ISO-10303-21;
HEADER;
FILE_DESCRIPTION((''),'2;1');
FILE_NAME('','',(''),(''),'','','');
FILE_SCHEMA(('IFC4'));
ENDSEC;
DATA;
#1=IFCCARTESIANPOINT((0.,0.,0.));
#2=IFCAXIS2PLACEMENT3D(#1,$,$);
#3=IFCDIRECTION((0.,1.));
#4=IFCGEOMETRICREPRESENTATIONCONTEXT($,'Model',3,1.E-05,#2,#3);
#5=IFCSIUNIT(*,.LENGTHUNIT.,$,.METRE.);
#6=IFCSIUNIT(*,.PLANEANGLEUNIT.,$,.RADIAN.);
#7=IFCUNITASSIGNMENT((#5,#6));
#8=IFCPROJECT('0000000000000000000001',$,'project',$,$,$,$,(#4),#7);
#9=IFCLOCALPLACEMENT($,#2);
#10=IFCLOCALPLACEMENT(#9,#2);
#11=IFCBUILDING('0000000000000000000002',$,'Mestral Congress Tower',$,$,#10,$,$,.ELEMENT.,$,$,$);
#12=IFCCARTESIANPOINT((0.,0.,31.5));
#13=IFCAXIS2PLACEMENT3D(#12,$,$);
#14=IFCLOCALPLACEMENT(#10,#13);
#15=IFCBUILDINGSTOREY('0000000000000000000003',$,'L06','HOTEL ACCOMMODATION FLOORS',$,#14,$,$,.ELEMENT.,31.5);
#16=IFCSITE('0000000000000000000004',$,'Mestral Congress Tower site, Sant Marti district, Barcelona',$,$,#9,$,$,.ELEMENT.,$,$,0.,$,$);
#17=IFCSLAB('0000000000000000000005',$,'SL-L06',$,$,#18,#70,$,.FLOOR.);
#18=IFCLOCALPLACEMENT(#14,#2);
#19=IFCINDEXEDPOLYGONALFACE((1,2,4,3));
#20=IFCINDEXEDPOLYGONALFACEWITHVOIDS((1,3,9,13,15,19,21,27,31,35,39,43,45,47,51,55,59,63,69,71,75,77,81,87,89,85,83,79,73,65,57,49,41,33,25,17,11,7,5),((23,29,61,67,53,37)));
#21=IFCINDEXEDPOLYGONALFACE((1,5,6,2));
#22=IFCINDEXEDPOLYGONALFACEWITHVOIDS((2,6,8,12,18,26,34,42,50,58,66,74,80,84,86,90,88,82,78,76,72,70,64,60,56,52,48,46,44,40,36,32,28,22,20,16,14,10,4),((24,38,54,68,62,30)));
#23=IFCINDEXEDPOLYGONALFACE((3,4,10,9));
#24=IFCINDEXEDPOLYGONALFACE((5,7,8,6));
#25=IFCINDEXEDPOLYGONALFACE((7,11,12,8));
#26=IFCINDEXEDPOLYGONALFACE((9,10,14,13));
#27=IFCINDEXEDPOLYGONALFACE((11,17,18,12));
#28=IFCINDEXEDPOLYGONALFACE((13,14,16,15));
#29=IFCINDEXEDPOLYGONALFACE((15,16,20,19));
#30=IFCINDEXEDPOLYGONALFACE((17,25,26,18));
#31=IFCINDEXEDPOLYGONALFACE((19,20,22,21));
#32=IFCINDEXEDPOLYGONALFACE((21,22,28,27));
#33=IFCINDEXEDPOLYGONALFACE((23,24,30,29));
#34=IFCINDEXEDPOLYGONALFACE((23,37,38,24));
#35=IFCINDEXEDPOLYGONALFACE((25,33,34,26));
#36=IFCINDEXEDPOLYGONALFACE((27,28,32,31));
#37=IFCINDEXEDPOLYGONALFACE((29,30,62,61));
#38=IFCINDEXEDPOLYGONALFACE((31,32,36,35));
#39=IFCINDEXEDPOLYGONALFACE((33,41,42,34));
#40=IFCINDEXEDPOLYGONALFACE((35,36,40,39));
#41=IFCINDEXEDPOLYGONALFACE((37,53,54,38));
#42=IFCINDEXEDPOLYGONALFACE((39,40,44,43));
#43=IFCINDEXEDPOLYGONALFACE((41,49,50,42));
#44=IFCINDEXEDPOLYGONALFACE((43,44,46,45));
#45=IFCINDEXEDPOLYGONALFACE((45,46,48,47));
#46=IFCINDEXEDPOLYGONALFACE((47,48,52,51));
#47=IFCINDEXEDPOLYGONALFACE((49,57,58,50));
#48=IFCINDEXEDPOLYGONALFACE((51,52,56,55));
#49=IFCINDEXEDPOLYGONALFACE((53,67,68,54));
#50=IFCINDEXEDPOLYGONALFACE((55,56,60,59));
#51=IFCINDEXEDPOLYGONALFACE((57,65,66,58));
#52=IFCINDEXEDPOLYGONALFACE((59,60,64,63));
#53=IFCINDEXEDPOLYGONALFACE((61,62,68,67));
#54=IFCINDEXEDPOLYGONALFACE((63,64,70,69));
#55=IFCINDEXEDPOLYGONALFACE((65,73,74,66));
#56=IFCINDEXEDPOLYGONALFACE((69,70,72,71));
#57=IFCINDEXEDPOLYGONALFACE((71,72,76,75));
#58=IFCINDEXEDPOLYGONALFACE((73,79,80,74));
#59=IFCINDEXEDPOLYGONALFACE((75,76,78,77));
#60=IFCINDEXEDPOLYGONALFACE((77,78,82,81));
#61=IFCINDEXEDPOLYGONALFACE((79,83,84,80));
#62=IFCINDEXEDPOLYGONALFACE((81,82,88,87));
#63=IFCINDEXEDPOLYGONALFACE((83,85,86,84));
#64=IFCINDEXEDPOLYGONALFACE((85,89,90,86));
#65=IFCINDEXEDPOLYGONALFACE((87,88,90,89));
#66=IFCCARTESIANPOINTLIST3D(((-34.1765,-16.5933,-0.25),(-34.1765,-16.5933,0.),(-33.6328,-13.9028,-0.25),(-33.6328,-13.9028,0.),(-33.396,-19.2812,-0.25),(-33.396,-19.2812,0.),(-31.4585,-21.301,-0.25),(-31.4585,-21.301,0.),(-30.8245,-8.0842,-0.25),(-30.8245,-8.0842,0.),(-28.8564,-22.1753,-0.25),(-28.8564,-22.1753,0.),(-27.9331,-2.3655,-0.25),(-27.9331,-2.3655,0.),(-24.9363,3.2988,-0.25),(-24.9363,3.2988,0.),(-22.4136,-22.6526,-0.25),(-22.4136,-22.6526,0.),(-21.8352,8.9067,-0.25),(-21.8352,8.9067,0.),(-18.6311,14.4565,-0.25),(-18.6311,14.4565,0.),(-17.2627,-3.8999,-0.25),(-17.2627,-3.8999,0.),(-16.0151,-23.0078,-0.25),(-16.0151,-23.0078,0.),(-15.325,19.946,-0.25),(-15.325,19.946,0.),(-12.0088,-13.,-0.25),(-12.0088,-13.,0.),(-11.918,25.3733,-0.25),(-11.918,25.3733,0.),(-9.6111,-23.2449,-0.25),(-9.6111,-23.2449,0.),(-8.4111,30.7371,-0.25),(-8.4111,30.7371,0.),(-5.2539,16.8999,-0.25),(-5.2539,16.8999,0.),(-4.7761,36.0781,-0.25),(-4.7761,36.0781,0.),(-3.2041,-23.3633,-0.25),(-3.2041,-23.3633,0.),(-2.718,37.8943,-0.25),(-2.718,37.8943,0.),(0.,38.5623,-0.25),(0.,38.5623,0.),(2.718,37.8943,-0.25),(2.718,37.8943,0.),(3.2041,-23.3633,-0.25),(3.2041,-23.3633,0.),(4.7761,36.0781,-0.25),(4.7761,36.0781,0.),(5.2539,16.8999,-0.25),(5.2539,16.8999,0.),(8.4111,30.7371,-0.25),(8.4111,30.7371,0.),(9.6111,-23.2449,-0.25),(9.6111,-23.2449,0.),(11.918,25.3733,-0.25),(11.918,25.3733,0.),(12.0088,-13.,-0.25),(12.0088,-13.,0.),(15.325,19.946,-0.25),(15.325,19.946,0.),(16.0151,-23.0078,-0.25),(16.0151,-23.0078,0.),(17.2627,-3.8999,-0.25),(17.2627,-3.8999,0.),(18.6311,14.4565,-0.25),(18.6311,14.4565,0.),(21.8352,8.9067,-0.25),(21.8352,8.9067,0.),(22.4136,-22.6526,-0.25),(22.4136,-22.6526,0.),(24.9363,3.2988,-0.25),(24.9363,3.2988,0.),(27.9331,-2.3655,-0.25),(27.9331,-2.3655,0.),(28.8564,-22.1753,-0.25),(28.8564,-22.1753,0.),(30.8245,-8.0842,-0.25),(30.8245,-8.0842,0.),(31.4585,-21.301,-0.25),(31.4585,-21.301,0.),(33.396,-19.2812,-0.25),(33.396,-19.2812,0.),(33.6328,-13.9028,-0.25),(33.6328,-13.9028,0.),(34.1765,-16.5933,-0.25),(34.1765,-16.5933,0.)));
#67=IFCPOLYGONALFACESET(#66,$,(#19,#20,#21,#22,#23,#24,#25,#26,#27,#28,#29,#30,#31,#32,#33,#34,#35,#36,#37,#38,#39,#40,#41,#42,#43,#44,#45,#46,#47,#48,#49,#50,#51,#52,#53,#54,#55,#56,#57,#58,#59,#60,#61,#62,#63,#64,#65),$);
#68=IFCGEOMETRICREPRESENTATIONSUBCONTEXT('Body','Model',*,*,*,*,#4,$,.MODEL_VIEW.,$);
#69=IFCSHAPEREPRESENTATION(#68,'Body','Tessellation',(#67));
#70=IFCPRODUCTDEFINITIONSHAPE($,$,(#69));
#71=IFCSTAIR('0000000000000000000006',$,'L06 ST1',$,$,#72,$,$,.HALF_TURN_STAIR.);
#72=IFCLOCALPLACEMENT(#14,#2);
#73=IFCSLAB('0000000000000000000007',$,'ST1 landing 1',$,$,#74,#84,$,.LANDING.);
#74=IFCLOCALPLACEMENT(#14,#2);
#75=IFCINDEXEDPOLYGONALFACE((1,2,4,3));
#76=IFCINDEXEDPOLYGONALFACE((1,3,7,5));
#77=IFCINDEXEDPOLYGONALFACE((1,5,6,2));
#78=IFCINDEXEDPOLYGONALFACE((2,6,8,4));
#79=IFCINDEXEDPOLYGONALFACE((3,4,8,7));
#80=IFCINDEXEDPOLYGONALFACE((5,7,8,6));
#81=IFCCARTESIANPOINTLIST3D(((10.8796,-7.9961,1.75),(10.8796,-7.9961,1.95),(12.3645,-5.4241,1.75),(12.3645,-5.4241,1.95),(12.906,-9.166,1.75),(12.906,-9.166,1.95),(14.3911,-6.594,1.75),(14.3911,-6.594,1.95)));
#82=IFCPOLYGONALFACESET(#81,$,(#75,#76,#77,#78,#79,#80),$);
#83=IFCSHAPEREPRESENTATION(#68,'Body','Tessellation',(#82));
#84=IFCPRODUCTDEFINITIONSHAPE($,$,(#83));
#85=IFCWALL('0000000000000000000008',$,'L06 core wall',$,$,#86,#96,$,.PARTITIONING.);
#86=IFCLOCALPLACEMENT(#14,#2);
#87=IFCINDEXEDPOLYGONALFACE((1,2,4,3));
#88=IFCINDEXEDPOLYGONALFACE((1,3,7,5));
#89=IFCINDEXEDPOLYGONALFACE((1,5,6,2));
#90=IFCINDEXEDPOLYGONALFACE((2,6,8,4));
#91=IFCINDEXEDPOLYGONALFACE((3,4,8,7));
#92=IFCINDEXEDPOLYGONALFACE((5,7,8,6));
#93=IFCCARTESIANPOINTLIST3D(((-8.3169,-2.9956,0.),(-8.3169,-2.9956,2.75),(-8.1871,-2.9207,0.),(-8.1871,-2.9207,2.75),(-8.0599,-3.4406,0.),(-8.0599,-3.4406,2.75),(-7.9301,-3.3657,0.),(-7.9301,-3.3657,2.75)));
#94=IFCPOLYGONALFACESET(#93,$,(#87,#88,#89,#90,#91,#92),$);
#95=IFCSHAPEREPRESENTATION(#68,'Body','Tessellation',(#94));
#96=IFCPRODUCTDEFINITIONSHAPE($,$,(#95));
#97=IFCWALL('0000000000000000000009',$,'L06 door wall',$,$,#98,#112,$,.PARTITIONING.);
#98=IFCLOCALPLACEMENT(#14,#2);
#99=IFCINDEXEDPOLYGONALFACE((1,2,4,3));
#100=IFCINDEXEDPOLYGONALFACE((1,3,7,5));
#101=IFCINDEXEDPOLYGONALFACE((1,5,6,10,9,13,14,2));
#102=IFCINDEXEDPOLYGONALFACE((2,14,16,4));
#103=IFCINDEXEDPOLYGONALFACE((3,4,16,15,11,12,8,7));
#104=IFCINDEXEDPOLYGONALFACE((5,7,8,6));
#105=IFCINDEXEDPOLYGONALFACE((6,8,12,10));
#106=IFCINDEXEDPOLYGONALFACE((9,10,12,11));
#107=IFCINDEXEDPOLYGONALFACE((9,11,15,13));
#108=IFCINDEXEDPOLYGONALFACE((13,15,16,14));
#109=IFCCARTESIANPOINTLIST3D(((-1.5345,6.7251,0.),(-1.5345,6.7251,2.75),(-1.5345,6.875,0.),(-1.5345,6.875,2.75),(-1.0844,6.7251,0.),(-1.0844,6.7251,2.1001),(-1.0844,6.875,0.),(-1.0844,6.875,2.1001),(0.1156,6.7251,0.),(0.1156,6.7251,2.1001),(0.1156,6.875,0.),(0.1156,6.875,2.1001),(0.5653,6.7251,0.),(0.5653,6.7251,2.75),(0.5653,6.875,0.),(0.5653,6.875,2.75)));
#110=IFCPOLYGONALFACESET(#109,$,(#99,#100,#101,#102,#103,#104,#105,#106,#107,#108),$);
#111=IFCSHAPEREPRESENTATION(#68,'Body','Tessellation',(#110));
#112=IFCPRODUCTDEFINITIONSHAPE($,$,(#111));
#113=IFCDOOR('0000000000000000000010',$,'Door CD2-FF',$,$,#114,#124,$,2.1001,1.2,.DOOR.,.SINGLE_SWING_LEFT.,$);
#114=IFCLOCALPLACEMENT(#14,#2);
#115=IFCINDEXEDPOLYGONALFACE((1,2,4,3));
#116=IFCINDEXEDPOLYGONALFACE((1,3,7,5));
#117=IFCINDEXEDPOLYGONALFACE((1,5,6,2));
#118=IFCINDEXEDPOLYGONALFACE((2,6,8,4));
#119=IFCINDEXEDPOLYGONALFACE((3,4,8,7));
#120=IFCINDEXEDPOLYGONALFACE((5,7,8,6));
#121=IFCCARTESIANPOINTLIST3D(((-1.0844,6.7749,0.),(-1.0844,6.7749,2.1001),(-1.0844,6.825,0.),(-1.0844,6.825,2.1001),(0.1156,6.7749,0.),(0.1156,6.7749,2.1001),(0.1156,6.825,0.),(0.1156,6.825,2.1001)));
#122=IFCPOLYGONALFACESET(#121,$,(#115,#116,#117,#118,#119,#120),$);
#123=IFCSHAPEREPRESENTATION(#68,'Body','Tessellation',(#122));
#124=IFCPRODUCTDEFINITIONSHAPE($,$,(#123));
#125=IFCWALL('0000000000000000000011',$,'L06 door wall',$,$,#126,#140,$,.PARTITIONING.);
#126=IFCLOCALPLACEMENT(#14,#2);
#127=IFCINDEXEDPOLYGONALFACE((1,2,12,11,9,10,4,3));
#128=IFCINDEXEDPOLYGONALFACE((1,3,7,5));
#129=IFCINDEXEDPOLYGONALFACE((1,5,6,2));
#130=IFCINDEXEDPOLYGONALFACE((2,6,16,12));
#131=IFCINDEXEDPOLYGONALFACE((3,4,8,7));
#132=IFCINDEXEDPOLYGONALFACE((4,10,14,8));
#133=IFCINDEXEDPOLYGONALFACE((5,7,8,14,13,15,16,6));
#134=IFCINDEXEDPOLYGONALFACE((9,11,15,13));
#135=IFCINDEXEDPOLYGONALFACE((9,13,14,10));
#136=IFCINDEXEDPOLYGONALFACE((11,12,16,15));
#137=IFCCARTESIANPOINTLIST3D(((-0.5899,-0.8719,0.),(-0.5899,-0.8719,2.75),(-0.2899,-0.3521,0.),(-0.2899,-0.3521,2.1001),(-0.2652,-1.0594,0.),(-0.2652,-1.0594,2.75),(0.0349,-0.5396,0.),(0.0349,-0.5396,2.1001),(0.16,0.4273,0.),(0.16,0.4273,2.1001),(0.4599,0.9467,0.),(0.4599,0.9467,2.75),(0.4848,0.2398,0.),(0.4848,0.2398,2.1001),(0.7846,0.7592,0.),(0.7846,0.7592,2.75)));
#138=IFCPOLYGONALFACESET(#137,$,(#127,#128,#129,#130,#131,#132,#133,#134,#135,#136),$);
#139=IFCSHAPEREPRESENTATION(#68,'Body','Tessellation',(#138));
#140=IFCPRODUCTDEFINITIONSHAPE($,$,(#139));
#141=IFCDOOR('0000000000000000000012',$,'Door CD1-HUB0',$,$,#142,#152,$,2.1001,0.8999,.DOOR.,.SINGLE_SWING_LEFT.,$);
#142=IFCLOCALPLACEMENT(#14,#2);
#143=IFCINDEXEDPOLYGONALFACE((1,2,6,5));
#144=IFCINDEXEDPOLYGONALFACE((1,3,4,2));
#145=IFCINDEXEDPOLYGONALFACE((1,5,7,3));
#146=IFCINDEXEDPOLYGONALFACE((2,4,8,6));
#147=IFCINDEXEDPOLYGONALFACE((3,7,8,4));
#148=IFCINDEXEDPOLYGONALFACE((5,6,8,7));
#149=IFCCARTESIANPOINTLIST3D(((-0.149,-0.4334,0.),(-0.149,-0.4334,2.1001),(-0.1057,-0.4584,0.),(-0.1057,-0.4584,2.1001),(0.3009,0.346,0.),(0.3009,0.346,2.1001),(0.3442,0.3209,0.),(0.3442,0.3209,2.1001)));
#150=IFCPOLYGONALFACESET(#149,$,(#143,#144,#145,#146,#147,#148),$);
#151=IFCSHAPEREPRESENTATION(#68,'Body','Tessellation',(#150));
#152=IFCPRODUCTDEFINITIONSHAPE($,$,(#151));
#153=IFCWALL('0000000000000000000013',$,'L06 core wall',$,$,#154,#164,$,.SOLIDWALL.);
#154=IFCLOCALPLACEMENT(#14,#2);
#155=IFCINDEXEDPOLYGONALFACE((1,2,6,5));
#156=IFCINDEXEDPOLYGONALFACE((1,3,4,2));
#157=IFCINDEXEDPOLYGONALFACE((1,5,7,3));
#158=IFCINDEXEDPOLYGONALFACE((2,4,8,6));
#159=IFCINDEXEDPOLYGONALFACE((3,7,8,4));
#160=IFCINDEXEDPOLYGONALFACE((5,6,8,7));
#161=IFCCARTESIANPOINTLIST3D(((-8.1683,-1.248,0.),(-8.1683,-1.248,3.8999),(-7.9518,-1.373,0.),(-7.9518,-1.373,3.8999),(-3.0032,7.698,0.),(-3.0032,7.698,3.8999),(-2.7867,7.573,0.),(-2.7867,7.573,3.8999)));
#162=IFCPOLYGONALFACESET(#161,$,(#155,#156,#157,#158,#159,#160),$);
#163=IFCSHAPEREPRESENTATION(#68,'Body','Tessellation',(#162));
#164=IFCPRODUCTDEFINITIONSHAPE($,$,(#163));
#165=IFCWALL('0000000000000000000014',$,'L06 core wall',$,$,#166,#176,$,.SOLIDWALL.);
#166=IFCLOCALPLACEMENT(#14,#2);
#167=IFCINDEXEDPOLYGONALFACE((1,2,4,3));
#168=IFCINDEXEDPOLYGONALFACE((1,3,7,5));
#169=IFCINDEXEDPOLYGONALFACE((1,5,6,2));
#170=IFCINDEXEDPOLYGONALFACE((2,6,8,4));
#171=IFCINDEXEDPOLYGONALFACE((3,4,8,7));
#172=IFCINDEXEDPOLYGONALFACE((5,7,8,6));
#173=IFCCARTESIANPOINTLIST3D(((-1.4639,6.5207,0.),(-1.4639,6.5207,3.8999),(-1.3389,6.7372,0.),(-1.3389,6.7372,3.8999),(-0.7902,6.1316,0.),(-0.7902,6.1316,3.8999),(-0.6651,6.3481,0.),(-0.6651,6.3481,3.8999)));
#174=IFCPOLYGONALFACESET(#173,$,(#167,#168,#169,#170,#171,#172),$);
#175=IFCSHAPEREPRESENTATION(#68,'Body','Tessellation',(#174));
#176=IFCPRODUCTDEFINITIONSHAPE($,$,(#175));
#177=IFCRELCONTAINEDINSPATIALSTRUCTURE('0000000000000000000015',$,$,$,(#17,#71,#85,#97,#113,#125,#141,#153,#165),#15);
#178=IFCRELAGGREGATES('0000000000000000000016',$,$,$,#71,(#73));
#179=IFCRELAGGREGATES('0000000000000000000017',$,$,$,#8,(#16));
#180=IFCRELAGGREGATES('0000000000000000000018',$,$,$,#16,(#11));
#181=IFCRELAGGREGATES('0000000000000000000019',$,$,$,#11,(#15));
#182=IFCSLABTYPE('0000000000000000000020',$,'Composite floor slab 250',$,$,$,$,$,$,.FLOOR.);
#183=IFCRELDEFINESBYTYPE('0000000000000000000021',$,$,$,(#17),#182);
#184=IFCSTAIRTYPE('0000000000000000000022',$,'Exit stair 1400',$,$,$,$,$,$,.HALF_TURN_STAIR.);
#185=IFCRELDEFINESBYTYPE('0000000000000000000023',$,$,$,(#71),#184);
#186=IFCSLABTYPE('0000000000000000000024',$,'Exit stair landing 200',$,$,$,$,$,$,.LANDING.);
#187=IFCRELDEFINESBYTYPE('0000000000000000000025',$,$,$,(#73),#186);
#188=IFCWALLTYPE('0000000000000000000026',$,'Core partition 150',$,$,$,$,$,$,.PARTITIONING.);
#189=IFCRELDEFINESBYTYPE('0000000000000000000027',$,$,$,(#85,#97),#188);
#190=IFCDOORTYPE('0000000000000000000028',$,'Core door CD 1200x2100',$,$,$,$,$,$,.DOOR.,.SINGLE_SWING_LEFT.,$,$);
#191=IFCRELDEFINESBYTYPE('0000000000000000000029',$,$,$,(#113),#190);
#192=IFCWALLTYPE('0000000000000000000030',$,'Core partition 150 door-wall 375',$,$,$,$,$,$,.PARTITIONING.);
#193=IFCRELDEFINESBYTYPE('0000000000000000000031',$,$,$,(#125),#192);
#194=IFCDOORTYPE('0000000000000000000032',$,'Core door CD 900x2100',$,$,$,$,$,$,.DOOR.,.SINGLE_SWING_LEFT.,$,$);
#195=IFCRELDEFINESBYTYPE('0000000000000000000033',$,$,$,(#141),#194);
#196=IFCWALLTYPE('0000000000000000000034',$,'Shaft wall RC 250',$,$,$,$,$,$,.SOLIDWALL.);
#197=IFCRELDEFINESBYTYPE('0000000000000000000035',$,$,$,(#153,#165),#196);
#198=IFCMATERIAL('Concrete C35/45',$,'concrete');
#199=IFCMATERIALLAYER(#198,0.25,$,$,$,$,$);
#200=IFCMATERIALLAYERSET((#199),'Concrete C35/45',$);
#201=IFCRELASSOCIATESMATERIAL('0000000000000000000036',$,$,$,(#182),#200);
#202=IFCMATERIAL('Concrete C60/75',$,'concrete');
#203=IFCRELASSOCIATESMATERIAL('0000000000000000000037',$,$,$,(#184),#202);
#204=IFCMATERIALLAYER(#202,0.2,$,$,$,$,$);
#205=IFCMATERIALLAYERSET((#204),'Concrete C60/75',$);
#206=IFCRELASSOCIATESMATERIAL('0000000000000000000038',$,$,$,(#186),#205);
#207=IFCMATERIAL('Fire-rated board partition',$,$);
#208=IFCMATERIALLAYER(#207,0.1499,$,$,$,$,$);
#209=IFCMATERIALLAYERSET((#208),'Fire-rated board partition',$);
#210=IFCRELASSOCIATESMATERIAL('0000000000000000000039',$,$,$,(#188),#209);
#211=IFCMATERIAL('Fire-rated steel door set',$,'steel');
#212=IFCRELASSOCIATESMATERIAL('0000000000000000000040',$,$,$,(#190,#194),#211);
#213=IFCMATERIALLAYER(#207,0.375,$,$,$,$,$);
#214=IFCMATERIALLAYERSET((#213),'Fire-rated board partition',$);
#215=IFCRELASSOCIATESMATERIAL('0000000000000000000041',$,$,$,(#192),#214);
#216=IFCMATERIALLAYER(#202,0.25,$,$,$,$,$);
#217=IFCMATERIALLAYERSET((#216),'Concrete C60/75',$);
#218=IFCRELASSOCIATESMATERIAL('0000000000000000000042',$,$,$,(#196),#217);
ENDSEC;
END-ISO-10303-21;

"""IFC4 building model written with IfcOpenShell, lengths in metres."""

from ifc_helpers import new_model, si_unit, direction, frame, frame_2d, origin, place, context, subcontext, project, spatial, polyline, rectangle, outline, extrude, material, layer, layer_set, type_object, element, fill, aggregate, save


model = new_model("IFC4")

# Units and contexts
model_context = context("Model", 3, precision=1e-05, world=origin(), true_north=direction((0.0, 1.0)))
body_context = subcontext(model_context, "Body", "Model", "MODEL_VIEW")
ifc_project = project(units=[si_unit("LENGTHUNIT", "METRE"), si_unit("PLANEANGLEUNIT", "RADIAN")], contexts=[model_context])

# Site, building, storey
site_placement = place(None, origin())
site = spatial("IfcSite", under=ifc_project, at=site_placement, Name="Mestral Congress Tower site, Sant Marti district, Barcelona", CompositionType="ELEMENT", RefElevation=0.0)
building_placement = place(site_placement, origin())
building = spatial("IfcBuilding", under=site, at=building_placement, Name="Mestral Congress Tower", CompositionType="ELEMENT")
storey_placement = place(building_placement, frame((0.0, 0.0, 31.5)))
storey = spatial("IfcBuildingStorey", under=building, at=storey_placement, Name="L06", Description="HOTEL ACCOMMODATION FLOORS", CompositionType="ELEMENT", Elevation=31.5)

# Slab
ifc_material_1 = material(Name="Concrete C35/45", Category="concrete")
ifc_layer_1 = layer(ifc_material_1, 0.25)
ifc_layer_set_1 = layer_set([ifc_layer_1], Name="Concrete C35/45")
slab_type_1 = type_object("IfcSlabType", Name="Composite floor slab 250", PredefinedType="FLOOR", material=ifc_layer_set_1)
slab_1_placement = place(storey_placement, frame((0.0, 0.0, -0.25)))
element("IfcSlab", 1, at=slab_1_placement, inside=storey, type_object=slab_type_1, Name="SL-L06", PredefinedType="FLOOR", context=body_context, shape_type="SweptSolid", body=[
    extrude(outline(polyline([(-28.8564, -22.1753), (-31.4585, -21.301), (-33.396, -19.2812), (-34.1765, -16.5933), (-33.6328, -13.9028), (-30.8245, -8.0842), (-27.9331, -2.3655), (-24.9363, 3.2988), (-21.8352, 8.9067), (-18.6311, 14.4565), (-15.325, 19.946), (-11.918, 25.3733), (-8.4111, 30.7371), (-4.7761, 36.0781), (-2.718, 37.8943), (0.0, 38.5623), (2.718, 37.8943), (4.7761, 36.0781), (8.4111, 30.7371), (11.918, 25.3733), (15.325, 19.946), (18.6311, 14.4565), (21.8352, 8.9067), (24.9363, 3.2988), (27.9331, -2.3655), (30.8245, -8.0842), (33.6328, -13.9028), (34.1765, -16.5933), (33.396, -19.2812), (31.4585, -21.301), (28.8564, -22.1753), (22.4136, -22.6526), (16.0151, -23.0078), (9.6111, -23.2449), (3.2041, -23.3633), (-3.2041, -23.3633), (-9.6111, -23.2449), (-16.0151, -23.0078), (-22.4136, -22.6526), (-28.8564, -22.1753)]), holes=[polyline([(-5.2539, 16.8999), (-17.2627, -3.8999), (-12.0088, -13.0), (12.0088, -13.0), (17.2627, -3.8999), (5.2539, 16.8999), (-5.2539, 16.8999)])]), origin(), (0.0, 0.0, 1.0), 0.25),
])

# Stair, slab
ifc_material_2 = material(Name="Concrete C60/75", Category="concrete")
stair_type = type_object("IfcStairType", Name="Exit stair 1400", PredefinedType="HALF_TURN_STAIR", material=ifc_material_2)
stair_placement = place(storey_placement, origin())
stair = element("IfcStair", 2, at=stair_placement, inside=storey, type_object=stair_type, Name="L06 ST1", PredefinedType="HALF_TURN_STAIR")
ifc_layer_2 = layer(ifc_material_2, 0.2)
ifc_layer_set_2 = layer_set([ifc_layer_2], Name="Concrete C60/75")
slab_type_2 = type_object("IfcSlabType", Name="Exit stair landing 200", PredefinedType="LANDING", material=ifc_layer_set_2)
slab_2_placement = place(storey_placement, frame((0.0, 0.0, 1.75)))
slab_2 = element("IfcSlab", 3, at=slab_2_placement, type_object=slab_type_2, Name="ST1 landing 1", PredefinedType="LANDING", context=body_context, shape_type="SweptSolid", body=[
    extrude(outline(polyline([(10.8796, -7.9961), (12.3645, -5.4241), (14.3911, -6.594), (12.906, -9.166), (10.8796, -7.9961)])), origin(), (0.0, 0.0, 1.0), 0.2),
])
aggregate(stair, [slab_2])

# Wall
ifc_material_3 = material(Name="Fire-rated board partition")
ifc_layer_3 = layer(ifc_material_3, 0.1499)
ifc_layer_set_3 = layer_set([ifc_layer_3], Name="Fire-rated board partition")
wall_type_1 = type_object("IfcWallType", Name="Core partition 150", PredefinedType="PARTITIONING", material=ifc_layer_set_3)
wall_1_placement = place(storey_placement, frame((-8.252, -2.9583, 0.0), z_axis=(0.0, 0.0, 1.0), x_axis=(0.500175, -0.865925, 0.0)))
element("IfcWall", 4, at=wall_1_placement, inside=storey, type_object=wall_type_1, Name="L06 core wall", PredefinedType="PARTITIONING", context=body_context, shape_type="SweptSolid", body=[
    extrude(rectangle(XDim=0.5139, YDim=0.1499, at=frame_2d((0.2568, 0.0))), origin(), (0.0, 0.0, 1.0), 2.75),
])

# Walls, openings, doors
wall_2_placement = place(storey_placement, frame((-1.5344, 6.8, 0.0), z_axis=(0.0, 0.0, 1.0), x_axis=(1.0, 0.0, 0.0)))
wall_2 = element("IfcWall", 5, at=wall_2_placement, inside=storey, type_object=wall_type_1, Name="L06 door wall", PredefinedType="PARTITIONING", context=body_context, shape_type="SweptSolid", body=[
    extrude(rectangle(XDim=2.0999, YDim=0.1499, at=frame_2d((1.0498, 0.0))), origin(), (0.0, 0.0, 1.0), 2.75),
])
opening_1_placement = place(wall_2_placement, frame((0.45, 0.0, 0.0)))
opening_1 = element("IfcOpeningElement", 6, at=opening_1_placement, cuts=wall_2, PredefinedType="OPENING", context=body_context, shape_type="SweptSolid", body=[
    extrude(rectangle(XDim=1.2, YDim=2.1001, at=frame_2d((0.6001, 1.05))), frame((0.0, 0.085, 0.0), z_axis=(0.0, -1.0, 0.0), x_axis=(1.0, 0.0, 0.0)), (0.0, 0.0, 1.0), 0.1699),
])
ifc_material_4 = material(Name="Fire-rated steel door set", Category="steel")
door_type_1 = type_object("IfcDoorType", Name="Core door CD 1200x2100", OperationType="SINGLE_SWING_LEFT", PredefinedType="DOOR", material=ifc_material_4)
door_1_placement = place(opening_1_placement, origin())
door_1 = element("IfcDoor", 7, at=door_1_placement, inside=storey, type_object=door_type_1, Name="Door CD2-FF", OperationType="SINGLE_SWING_LEFT", OverallHeight=2.1001, OverallWidth=1.2, PredefinedType="DOOR", context=body_context, shape_type="SweptSolid", body=[
    extrude(rectangle(XDim=1.2, YDim=2.1001, at=frame_2d((0.6001, 1.05))), frame((0.0, 0.0249, 0.0), z_axis=(0.0, -1.0, 0.0), x_axis=(1.0, 0.0, 0.0)), (0.0, 0.0, 1.0), 0.05),
])
fill(opening_1, door_1)
ifc_layer_4 = layer(ifc_material_3, 0.375)
ifc_layer_set_4 = layer_set([ifc_layer_4], Name="Fire-rated board partition")
wall_type_2 = type_object("IfcWallType", Name="Core partition 150 door-wall 375", PredefinedType="PARTITIONING", material=ifc_layer_set_4)
wall_3_placement = place(storey_placement, frame((-0.4275, -0.9656, 0.0), z_axis=(0.0, 0.0, 1.0), x_axis=(0.499941, 0.86606, 0.0)))
wall_3 = element("IfcWall", 8, at=wall_3_placement, inside=storey, type_object=wall_type_2, Name="L06 door wall", PredefinedType="PARTITIONING", context=body_context, shape_type="SweptSolid", body=[
    extrude(rectangle(XDim=2.0999, YDim=0.375, at=frame_2d((1.0498, 0.0))), origin(), (0.0, 0.0, 1.0), 2.75),
])
opening_2_placement = place(wall_3_placement, frame((0.6001, 0.0, 0.0)))
opening_2 = element("IfcOpeningElement", 9, at=opening_2_placement, cuts=wall_3, PredefinedType="OPENING", context=body_context, shape_type="SweptSolid", body=[
    extrude(rectangle(XDim=0.8999, YDim=2.1001, at=frame_2d((0.45, 1.05))), frame((0.0, 0.1975, 0.0), z_axis=(0.0, -1.0, 0.0), x_axis=(1.0, 0.0, 0.0)), (0.0, 0.0, 1.0), 0.395),
])
door_type_2 = type_object("IfcDoorType", Name="Core door CD 900x2100", OperationType="SINGLE_SWING_LEFT", PredefinedType="DOOR", material=ifc_material_4)
door_2_placement = place(opening_2_placement, origin())
door_2 = element("IfcDoor", 10, at=door_2_placement, inside=storey, type_object=door_type_2, Name="Door CD1-HUB0", OperationType="SINGLE_SWING_LEFT", OverallHeight=2.1001, OverallWidth=0.8999, PredefinedType="DOOR", context=body_context, shape_type="SweptSolid", body=[
    extrude(rectangle(XDim=0.8999, YDim=2.1001, at=frame_2d((0.45, 1.05))), frame((0.0, 0.0249, 0.0), z_axis=(0.0, -1.0, 0.0), x_axis=(1.0, 0.0, 0.0)), (0.0, 0.0, 1.0), 0.05),
])
fill(opening_2, door_2)

# Walls
ifc_layer_5 = layer(ifc_material_2, 0.25)
ifc_layer_set_5 = layer_set([ifc_layer_5], Name="Concrete C60/75")
wall_type_3 = type_object("IfcWallType", Name="Shaft wall RC 250", PredefinedType="SOLIDWALL", material=ifc_layer_set_5)
wall_4_placement = place(storey_placement, frame((-8.0601, -1.3105, 0.0), z_axis=(0.0, 0.0, 1.0), x_axis=(0.500003, 0.866024, 0.0)))
element("IfcWall", 11, at=wall_4_placement, inside=storey, type_object=wall_type_3, Name="L06 core wall", PredefinedType="SOLIDWALL", context=body_context, shape_type="SweptSolid", body=[
    extrude(rectangle(XDim=10.3301, YDim=0.25, at=frame_2d((5.165, 0.0))), origin(), (0.0, 0.0, 1.0), 3.8999),
])
wall_5_placement = place(storey_placement, frame((-0.7275, 6.2397, 0.0), z_axis=(0.0, 0.0, 1.0), x_axis=(-0.865956, 0.500121, 0.0)))
element("IfcWall", 12, at=wall_5_placement, inside=storey, type_object=wall_type_3, Name="L06 core wall", PredefinedType="SOLIDWALL", context=body_context, shape_type="SweptSolid", body=[
    extrude(rectangle(XDim=0.7781, YDim=0.25, at=frame_2d((0.3892, 0.0))), origin(), (0.0, 0.0, 1.0), 3.8999),
])

save(model, "model.ifc")
